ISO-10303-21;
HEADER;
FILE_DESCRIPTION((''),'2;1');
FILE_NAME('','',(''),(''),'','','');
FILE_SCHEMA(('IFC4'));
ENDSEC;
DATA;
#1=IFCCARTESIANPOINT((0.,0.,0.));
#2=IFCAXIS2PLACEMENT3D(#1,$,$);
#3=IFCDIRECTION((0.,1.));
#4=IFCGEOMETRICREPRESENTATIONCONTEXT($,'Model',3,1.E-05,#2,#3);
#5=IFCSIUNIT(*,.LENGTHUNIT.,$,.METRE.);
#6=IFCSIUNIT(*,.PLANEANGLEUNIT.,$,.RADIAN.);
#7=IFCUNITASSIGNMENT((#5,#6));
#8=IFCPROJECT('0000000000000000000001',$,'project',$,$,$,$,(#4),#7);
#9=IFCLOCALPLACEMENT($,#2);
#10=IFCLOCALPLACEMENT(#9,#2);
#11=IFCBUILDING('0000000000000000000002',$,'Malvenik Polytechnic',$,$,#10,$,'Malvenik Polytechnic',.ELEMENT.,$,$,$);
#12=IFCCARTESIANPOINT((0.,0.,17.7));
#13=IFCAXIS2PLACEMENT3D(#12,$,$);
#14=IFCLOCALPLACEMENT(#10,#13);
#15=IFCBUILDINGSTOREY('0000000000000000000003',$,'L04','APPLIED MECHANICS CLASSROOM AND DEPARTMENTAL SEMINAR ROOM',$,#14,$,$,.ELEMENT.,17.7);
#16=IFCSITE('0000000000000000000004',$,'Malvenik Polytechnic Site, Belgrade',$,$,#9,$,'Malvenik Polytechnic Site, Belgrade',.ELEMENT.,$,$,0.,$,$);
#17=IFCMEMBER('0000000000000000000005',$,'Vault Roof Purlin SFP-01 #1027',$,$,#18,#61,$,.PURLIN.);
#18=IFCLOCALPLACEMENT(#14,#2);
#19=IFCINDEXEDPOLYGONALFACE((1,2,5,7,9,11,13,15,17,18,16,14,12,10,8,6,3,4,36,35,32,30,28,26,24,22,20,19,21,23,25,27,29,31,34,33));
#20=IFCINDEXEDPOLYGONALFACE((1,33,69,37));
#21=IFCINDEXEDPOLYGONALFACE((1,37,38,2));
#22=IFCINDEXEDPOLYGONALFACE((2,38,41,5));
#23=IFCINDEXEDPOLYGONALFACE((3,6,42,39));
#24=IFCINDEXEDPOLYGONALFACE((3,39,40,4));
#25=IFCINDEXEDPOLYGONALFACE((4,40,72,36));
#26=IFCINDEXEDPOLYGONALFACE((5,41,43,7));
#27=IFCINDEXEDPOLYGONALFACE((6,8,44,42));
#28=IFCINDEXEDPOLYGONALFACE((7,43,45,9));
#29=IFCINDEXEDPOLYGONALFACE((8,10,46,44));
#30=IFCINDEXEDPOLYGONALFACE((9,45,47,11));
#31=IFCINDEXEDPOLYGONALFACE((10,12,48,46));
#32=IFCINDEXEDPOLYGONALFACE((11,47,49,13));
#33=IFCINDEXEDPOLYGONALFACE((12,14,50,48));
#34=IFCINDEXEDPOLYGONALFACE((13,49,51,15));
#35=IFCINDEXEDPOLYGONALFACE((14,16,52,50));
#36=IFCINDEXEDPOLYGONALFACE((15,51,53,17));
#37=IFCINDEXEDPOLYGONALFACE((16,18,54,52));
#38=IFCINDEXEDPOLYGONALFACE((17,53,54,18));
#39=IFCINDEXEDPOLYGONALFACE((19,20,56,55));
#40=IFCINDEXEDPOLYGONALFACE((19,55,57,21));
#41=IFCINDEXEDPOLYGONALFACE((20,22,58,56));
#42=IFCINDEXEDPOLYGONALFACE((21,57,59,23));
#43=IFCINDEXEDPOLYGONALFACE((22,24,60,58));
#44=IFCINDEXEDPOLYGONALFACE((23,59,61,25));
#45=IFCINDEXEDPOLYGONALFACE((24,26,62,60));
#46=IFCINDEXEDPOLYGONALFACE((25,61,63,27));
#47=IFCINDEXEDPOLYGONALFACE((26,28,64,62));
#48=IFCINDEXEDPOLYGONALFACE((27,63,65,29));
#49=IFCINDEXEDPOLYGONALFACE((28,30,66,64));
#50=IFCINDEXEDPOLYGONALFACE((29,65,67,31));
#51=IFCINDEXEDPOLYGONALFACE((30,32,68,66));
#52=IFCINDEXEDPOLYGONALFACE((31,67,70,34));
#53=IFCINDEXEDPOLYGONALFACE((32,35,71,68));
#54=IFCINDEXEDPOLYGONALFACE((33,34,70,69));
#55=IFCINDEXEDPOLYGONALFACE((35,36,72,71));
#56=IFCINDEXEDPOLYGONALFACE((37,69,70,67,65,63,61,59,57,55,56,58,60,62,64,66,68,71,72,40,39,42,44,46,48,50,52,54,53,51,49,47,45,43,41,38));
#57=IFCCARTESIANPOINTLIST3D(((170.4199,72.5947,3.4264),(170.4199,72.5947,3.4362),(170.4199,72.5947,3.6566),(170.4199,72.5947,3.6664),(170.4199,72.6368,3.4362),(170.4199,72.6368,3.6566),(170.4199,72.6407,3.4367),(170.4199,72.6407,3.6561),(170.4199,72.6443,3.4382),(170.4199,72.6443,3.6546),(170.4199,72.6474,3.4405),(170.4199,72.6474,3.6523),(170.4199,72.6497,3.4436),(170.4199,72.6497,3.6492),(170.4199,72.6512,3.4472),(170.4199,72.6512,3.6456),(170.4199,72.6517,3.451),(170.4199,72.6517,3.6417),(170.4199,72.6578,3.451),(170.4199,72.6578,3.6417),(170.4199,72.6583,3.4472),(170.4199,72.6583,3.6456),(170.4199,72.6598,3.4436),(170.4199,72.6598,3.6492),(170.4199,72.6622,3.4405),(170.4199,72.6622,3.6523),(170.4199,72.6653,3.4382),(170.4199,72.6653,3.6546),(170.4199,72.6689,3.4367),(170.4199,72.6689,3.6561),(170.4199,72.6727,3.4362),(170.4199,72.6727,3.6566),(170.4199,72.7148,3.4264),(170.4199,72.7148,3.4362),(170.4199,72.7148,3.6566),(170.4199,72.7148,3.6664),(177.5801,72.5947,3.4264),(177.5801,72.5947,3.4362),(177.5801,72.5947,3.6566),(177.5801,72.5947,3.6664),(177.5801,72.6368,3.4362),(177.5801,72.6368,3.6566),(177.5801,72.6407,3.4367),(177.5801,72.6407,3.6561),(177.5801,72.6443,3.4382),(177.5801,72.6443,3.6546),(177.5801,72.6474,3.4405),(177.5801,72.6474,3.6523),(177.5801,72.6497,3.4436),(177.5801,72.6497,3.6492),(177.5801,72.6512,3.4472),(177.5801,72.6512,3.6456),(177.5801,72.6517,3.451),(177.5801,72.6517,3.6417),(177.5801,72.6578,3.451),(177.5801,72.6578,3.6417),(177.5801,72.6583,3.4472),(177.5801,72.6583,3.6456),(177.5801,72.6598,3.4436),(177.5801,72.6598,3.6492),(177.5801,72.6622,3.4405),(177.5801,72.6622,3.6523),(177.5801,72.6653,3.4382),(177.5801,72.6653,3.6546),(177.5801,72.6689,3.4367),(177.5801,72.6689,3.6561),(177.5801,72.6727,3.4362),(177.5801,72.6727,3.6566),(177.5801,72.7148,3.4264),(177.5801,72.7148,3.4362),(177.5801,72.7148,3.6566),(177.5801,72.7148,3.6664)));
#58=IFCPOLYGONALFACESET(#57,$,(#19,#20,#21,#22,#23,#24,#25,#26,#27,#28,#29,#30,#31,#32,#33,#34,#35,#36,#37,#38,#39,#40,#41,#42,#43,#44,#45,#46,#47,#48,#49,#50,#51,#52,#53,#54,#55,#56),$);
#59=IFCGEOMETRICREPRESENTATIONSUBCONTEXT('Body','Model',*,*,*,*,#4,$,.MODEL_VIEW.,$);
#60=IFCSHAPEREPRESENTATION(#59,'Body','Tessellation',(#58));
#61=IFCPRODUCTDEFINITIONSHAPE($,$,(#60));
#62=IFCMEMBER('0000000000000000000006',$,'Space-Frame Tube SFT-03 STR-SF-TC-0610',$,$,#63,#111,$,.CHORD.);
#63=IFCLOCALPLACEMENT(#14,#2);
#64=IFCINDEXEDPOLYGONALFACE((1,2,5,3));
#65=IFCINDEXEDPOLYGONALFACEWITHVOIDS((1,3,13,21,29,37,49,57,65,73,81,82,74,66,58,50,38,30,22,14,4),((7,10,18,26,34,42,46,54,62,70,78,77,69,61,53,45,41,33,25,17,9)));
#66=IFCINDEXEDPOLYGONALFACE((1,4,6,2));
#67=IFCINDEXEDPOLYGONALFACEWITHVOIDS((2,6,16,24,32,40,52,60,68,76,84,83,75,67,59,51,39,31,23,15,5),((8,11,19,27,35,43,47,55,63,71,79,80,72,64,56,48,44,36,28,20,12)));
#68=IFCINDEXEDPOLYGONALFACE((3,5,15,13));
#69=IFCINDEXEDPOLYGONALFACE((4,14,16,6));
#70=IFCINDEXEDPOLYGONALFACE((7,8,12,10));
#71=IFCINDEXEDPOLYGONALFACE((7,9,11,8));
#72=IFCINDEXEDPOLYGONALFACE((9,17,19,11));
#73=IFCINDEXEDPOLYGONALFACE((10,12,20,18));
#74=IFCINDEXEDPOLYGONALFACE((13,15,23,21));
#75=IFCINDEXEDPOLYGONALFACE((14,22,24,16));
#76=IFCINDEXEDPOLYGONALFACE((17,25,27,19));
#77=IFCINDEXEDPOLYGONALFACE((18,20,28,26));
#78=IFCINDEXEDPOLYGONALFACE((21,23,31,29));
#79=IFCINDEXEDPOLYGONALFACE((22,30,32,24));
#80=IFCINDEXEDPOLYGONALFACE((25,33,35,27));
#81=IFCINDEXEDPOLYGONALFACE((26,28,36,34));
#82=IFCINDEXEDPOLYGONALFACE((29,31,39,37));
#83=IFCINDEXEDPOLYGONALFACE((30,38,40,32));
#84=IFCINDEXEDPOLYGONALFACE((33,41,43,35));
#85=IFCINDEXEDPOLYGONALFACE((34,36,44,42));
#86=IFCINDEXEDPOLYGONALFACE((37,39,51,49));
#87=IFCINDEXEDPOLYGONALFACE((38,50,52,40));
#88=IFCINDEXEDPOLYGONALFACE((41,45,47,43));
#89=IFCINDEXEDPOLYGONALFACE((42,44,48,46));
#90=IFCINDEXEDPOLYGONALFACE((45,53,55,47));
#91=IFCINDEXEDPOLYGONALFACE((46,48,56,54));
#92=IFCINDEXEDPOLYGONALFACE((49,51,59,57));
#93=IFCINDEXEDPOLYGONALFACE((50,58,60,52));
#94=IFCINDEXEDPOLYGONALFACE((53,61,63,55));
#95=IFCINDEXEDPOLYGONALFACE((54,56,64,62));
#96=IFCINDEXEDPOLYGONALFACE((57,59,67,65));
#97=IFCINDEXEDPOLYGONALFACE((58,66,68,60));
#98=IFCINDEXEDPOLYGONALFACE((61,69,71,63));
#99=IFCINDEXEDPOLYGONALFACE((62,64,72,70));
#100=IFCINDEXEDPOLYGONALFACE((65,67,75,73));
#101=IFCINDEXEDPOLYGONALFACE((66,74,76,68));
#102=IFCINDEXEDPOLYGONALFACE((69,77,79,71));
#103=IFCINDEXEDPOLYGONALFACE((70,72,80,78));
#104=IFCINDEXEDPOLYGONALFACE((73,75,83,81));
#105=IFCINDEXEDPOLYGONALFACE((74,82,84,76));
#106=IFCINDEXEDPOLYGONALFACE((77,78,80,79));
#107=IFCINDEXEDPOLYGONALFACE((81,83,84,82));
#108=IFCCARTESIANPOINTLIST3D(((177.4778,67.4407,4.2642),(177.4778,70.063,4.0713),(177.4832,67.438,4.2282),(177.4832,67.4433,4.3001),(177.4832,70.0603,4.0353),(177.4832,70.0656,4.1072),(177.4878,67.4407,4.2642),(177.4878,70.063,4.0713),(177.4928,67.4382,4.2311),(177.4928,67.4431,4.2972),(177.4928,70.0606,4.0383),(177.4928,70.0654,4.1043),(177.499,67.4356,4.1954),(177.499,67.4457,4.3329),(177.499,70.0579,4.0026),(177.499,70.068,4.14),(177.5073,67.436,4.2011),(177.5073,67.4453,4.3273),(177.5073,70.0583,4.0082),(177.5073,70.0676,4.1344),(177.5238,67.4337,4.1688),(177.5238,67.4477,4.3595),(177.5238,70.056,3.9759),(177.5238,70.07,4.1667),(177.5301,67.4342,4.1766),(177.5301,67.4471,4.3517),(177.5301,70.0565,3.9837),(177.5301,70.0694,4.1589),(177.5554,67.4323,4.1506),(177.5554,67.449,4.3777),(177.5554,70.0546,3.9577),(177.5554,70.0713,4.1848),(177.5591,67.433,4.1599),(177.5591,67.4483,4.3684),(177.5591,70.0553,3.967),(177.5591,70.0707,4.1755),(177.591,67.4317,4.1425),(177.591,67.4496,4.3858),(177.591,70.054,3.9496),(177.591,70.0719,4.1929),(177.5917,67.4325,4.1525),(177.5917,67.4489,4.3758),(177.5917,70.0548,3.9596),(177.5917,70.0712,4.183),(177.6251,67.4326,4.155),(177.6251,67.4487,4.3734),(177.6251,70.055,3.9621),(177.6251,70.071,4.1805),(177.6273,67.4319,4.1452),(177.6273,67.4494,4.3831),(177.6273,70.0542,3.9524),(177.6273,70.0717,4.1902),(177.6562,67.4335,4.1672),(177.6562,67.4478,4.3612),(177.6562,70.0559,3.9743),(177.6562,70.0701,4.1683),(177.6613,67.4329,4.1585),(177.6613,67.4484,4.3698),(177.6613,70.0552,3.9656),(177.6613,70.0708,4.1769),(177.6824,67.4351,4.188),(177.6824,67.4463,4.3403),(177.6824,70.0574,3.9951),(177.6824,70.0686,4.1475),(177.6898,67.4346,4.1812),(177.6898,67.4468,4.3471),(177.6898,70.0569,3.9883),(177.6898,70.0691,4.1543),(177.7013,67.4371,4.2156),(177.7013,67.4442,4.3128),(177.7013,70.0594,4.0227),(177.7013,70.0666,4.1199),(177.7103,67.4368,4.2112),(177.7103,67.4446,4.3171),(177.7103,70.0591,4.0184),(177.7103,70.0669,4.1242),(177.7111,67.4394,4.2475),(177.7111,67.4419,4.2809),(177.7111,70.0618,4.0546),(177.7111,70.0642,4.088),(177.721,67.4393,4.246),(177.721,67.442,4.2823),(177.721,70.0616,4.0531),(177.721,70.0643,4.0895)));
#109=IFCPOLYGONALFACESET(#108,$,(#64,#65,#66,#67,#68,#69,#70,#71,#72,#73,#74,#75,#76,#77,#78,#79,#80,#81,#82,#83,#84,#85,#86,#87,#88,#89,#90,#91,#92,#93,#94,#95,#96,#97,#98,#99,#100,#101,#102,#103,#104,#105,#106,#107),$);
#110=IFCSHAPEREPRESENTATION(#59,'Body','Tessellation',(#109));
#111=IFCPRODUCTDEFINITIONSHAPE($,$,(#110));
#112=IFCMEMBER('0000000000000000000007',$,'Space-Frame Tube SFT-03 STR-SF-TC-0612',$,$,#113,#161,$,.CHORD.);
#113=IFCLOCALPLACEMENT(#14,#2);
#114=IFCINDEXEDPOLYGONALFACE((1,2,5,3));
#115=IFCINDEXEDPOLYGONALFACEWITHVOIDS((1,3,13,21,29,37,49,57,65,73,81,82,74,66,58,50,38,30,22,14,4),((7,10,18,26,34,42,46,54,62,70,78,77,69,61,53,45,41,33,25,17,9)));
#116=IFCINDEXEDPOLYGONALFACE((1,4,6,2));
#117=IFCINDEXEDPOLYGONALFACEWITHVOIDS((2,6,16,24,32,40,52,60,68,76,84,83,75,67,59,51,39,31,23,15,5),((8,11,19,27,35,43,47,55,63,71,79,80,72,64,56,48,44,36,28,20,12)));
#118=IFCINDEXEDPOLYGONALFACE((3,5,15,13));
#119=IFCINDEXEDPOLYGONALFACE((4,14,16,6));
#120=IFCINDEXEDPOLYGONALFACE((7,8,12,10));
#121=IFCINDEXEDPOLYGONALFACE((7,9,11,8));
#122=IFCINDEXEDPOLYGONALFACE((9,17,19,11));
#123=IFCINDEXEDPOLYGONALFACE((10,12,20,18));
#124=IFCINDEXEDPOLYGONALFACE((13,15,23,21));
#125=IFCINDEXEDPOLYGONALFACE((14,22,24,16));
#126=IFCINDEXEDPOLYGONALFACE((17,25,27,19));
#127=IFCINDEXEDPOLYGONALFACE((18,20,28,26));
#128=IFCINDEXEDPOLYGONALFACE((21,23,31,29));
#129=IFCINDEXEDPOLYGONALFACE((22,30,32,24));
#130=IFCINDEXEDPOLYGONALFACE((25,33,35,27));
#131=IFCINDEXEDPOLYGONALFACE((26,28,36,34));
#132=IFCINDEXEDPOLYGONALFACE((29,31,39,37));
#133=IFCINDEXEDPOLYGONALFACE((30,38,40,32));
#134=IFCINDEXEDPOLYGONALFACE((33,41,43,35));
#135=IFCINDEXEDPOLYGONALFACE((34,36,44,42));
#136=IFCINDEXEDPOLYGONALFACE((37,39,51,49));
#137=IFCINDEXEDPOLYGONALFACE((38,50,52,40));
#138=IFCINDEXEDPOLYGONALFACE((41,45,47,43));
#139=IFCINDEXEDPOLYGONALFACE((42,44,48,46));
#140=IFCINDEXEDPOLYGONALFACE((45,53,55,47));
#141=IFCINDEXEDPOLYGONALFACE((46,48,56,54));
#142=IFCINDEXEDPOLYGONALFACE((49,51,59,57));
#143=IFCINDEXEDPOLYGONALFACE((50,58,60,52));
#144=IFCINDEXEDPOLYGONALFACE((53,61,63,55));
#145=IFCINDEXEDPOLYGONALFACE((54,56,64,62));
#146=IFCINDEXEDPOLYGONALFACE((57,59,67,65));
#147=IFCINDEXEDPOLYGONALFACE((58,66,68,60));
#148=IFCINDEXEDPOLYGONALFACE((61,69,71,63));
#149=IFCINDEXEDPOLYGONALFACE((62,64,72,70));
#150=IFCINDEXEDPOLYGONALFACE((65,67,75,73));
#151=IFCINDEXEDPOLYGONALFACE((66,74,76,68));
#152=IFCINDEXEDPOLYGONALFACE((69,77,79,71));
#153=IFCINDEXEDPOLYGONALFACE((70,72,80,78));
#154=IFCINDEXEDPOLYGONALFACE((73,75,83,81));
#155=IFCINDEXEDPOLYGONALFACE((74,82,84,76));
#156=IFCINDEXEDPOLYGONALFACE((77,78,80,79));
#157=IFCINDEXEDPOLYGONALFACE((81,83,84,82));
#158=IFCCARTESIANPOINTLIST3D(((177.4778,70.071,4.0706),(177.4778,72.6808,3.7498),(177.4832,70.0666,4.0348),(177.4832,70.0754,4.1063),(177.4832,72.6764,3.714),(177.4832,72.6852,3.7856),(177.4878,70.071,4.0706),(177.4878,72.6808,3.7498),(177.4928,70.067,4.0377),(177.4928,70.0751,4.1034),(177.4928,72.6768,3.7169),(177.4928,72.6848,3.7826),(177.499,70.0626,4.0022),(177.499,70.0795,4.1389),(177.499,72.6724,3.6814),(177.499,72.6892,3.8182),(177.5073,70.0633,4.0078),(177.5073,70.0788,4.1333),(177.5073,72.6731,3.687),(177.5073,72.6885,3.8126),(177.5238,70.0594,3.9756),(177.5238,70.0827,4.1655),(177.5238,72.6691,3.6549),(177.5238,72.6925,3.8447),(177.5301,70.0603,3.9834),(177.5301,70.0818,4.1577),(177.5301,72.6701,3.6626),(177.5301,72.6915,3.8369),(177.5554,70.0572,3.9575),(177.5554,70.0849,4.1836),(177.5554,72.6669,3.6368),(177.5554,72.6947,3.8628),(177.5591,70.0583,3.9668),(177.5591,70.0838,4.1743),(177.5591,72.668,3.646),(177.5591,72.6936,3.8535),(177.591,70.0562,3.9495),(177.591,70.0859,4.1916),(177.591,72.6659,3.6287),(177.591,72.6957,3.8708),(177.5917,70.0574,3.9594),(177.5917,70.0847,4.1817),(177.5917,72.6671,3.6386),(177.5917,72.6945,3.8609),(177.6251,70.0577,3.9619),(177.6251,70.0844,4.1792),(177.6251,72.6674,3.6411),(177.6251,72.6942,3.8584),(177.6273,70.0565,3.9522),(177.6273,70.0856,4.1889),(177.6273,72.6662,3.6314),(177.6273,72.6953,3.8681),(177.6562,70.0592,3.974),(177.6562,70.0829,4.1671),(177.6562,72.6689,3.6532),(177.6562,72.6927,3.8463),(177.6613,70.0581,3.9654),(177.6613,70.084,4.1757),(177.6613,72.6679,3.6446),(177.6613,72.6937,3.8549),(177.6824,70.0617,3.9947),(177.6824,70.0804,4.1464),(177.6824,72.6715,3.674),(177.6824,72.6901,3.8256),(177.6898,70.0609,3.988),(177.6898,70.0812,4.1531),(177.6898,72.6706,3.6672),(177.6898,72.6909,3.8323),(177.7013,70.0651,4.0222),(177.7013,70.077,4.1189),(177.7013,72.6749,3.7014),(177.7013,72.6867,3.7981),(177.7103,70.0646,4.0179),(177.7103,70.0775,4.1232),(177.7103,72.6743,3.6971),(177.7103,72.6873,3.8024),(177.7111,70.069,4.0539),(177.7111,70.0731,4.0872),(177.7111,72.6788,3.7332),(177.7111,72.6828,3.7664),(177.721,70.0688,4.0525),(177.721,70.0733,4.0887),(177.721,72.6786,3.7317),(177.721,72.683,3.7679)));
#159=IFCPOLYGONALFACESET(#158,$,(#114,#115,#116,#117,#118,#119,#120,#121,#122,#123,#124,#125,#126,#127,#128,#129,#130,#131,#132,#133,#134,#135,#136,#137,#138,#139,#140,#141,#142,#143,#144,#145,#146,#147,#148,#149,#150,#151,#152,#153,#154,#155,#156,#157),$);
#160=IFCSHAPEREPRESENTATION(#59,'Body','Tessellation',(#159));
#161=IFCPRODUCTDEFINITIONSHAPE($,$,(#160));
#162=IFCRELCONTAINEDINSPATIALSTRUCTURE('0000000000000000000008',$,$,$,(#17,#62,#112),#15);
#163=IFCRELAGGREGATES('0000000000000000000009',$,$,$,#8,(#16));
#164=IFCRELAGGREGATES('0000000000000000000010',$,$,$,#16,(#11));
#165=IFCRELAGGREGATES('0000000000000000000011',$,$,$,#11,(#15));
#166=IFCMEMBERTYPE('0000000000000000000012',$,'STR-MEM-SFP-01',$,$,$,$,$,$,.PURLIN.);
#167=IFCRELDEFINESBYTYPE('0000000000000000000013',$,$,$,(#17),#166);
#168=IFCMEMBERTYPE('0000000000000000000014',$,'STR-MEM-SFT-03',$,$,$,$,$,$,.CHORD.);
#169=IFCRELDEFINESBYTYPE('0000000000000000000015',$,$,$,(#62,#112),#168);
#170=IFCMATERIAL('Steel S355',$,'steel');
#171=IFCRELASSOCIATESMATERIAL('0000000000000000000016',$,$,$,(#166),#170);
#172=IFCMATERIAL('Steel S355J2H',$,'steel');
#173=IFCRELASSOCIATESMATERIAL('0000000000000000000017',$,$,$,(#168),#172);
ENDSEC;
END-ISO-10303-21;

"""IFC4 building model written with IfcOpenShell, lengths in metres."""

from ifc_helpers import new_model, si_unit, direction, frame, origin, origin_2d, place, context, subcontext, project, spatial, hollow_circle, i_section, extrude, material, material_profile, profile_set, type_object, element, save


model = new_model("IFC4")

# Units and contexts
model_context = context("Model", 3, precision=1e-05, world=origin(), true_north=direction((0.0, 1.0)))
body_context = subcontext(model_context, "Body", "Model", "MODEL_VIEW")
ifc_project = project(units=[si_unit("LENGTHUNIT", "METRE"), si_unit("PLANEANGLEUNIT", "RADIAN")], contexts=[model_context])

# Site, building, storey
site_placement = place(None, origin())
site = spatial("IfcSite", under=ifc_project, at=site_placement, Name="Malvenik Polytechnic Site, Belgrade", LongName="Malvenik Polytechnic Site, Belgrade", CompositionType="ELEMENT", RefElevation=0.0)
building_placement = place(site_placement, origin())
building = spatial("IfcBuilding", under=site, at=building_placement, Name="Malvenik Polytechnic", LongName="Malvenik Polytechnic", CompositionType="ELEMENT")
storey_placement = place(building_placement, frame((0.0, 0.0, 17.7)))
storey = spatial("IfcBuildingStorey", under=building, at=storey_placement, Name="L04", Description="APPLIED MECHANICS CLASSROOM AND DEPARTMENTAL SEMINAR ROOM", CompositionType="ELEMENT", Elevation=17.7)

# Members
ifc_material_1 = material(Name="Steel S355J2H", Category="steel")
ifc_material_2 = material(Name="Steel S355", Category="steel")
ifc_material_profile_1 = material_profile(ifc_material_2, i_section(OverallWidth=0.1201, OverallDepth=0.24, WebThickness=0.0061, FlangeThickness=0.0098, FilletRadius=0.0149, at=origin_2d()), Name="IPE 240")
ifc_profile_set_1 = profile_set([ifc_material_profile_1], Name="Steel S355")
member_type_1 = type_object("IfcMemberType", Name="STR-MEM-SFP-01", PredefinedType="PURLIN", material=ifc_profile_set_1)
member_1_placement = place(storey_placement, frame((170.4199, 72.6548, 3.5464), z_axis=(1.0, 0.0, 0.0), x_axis=(0.0, 1.0, 0.0)))
element("IfcMember", 1, at=member_1_placement, inside=storey, type_object=member_type_1, Name="Vault Roof Purlin SFP-01 #1027", PredefinedType="PURLIN", context=body_context, shape_type="SweptSolid", body=[
    extrude(i_section(OverallWidth=0.1201, OverallDepth=0.24, WebThickness=0.0061, FlangeThickness=0.0098, FilletRadius=0.0149, at=origin_2d()), origin(), (0.0, 0.0, 1.0), 7.1602),
])
ifc_material_profile_2 = material_profile(ifc_material_1, hollow_circle(Radius=0.1223, WallThickness=0.01, at=origin_2d()), Name="CHS 244.5x10.0")
ifc_profile_set_2 = profile_set([ifc_material_profile_2], Name="Steel S355J2H")
member_type_2 = type_object("IfcMemberType", Name="STR-MEM-SFT-03", PredefinedType="CHORD", material=ifc_profile_set_2)
for number, where, z_axis, x_axis, name in (
    (2, (177.6001, 67.4407, 4.2642), (0.0, 0.997306, -0.073352), (-1.0, 0.0, 0.0), "Space-Frame Tube SFT-03 STR-SF-TC-0610"),
    (3, (177.6001, 70.071, 4.0706), (0.0, 0.99253, -0.122), (-1.0, 0.0, 0.0), "Space-Frame Tube SFT-03 STR-SF-TC-0612"),
):
    element("IfcMember", number, at=place(storey_placement, frame(where, z_axis=z_axis, x_axis=x_axis)), inside=storey, type_object=member_type_2, Name=name, PredefinedType="CHORD", context=body_context, shape_type="SweptSolid", body=[
        extrude(hollow_circle(Radius=0.1223, WallThickness=0.01, at=origin_2d()), origin(), (0.0, 0.0, 1.0), 2.6294),
    ])

save(model, "model.ifc")
